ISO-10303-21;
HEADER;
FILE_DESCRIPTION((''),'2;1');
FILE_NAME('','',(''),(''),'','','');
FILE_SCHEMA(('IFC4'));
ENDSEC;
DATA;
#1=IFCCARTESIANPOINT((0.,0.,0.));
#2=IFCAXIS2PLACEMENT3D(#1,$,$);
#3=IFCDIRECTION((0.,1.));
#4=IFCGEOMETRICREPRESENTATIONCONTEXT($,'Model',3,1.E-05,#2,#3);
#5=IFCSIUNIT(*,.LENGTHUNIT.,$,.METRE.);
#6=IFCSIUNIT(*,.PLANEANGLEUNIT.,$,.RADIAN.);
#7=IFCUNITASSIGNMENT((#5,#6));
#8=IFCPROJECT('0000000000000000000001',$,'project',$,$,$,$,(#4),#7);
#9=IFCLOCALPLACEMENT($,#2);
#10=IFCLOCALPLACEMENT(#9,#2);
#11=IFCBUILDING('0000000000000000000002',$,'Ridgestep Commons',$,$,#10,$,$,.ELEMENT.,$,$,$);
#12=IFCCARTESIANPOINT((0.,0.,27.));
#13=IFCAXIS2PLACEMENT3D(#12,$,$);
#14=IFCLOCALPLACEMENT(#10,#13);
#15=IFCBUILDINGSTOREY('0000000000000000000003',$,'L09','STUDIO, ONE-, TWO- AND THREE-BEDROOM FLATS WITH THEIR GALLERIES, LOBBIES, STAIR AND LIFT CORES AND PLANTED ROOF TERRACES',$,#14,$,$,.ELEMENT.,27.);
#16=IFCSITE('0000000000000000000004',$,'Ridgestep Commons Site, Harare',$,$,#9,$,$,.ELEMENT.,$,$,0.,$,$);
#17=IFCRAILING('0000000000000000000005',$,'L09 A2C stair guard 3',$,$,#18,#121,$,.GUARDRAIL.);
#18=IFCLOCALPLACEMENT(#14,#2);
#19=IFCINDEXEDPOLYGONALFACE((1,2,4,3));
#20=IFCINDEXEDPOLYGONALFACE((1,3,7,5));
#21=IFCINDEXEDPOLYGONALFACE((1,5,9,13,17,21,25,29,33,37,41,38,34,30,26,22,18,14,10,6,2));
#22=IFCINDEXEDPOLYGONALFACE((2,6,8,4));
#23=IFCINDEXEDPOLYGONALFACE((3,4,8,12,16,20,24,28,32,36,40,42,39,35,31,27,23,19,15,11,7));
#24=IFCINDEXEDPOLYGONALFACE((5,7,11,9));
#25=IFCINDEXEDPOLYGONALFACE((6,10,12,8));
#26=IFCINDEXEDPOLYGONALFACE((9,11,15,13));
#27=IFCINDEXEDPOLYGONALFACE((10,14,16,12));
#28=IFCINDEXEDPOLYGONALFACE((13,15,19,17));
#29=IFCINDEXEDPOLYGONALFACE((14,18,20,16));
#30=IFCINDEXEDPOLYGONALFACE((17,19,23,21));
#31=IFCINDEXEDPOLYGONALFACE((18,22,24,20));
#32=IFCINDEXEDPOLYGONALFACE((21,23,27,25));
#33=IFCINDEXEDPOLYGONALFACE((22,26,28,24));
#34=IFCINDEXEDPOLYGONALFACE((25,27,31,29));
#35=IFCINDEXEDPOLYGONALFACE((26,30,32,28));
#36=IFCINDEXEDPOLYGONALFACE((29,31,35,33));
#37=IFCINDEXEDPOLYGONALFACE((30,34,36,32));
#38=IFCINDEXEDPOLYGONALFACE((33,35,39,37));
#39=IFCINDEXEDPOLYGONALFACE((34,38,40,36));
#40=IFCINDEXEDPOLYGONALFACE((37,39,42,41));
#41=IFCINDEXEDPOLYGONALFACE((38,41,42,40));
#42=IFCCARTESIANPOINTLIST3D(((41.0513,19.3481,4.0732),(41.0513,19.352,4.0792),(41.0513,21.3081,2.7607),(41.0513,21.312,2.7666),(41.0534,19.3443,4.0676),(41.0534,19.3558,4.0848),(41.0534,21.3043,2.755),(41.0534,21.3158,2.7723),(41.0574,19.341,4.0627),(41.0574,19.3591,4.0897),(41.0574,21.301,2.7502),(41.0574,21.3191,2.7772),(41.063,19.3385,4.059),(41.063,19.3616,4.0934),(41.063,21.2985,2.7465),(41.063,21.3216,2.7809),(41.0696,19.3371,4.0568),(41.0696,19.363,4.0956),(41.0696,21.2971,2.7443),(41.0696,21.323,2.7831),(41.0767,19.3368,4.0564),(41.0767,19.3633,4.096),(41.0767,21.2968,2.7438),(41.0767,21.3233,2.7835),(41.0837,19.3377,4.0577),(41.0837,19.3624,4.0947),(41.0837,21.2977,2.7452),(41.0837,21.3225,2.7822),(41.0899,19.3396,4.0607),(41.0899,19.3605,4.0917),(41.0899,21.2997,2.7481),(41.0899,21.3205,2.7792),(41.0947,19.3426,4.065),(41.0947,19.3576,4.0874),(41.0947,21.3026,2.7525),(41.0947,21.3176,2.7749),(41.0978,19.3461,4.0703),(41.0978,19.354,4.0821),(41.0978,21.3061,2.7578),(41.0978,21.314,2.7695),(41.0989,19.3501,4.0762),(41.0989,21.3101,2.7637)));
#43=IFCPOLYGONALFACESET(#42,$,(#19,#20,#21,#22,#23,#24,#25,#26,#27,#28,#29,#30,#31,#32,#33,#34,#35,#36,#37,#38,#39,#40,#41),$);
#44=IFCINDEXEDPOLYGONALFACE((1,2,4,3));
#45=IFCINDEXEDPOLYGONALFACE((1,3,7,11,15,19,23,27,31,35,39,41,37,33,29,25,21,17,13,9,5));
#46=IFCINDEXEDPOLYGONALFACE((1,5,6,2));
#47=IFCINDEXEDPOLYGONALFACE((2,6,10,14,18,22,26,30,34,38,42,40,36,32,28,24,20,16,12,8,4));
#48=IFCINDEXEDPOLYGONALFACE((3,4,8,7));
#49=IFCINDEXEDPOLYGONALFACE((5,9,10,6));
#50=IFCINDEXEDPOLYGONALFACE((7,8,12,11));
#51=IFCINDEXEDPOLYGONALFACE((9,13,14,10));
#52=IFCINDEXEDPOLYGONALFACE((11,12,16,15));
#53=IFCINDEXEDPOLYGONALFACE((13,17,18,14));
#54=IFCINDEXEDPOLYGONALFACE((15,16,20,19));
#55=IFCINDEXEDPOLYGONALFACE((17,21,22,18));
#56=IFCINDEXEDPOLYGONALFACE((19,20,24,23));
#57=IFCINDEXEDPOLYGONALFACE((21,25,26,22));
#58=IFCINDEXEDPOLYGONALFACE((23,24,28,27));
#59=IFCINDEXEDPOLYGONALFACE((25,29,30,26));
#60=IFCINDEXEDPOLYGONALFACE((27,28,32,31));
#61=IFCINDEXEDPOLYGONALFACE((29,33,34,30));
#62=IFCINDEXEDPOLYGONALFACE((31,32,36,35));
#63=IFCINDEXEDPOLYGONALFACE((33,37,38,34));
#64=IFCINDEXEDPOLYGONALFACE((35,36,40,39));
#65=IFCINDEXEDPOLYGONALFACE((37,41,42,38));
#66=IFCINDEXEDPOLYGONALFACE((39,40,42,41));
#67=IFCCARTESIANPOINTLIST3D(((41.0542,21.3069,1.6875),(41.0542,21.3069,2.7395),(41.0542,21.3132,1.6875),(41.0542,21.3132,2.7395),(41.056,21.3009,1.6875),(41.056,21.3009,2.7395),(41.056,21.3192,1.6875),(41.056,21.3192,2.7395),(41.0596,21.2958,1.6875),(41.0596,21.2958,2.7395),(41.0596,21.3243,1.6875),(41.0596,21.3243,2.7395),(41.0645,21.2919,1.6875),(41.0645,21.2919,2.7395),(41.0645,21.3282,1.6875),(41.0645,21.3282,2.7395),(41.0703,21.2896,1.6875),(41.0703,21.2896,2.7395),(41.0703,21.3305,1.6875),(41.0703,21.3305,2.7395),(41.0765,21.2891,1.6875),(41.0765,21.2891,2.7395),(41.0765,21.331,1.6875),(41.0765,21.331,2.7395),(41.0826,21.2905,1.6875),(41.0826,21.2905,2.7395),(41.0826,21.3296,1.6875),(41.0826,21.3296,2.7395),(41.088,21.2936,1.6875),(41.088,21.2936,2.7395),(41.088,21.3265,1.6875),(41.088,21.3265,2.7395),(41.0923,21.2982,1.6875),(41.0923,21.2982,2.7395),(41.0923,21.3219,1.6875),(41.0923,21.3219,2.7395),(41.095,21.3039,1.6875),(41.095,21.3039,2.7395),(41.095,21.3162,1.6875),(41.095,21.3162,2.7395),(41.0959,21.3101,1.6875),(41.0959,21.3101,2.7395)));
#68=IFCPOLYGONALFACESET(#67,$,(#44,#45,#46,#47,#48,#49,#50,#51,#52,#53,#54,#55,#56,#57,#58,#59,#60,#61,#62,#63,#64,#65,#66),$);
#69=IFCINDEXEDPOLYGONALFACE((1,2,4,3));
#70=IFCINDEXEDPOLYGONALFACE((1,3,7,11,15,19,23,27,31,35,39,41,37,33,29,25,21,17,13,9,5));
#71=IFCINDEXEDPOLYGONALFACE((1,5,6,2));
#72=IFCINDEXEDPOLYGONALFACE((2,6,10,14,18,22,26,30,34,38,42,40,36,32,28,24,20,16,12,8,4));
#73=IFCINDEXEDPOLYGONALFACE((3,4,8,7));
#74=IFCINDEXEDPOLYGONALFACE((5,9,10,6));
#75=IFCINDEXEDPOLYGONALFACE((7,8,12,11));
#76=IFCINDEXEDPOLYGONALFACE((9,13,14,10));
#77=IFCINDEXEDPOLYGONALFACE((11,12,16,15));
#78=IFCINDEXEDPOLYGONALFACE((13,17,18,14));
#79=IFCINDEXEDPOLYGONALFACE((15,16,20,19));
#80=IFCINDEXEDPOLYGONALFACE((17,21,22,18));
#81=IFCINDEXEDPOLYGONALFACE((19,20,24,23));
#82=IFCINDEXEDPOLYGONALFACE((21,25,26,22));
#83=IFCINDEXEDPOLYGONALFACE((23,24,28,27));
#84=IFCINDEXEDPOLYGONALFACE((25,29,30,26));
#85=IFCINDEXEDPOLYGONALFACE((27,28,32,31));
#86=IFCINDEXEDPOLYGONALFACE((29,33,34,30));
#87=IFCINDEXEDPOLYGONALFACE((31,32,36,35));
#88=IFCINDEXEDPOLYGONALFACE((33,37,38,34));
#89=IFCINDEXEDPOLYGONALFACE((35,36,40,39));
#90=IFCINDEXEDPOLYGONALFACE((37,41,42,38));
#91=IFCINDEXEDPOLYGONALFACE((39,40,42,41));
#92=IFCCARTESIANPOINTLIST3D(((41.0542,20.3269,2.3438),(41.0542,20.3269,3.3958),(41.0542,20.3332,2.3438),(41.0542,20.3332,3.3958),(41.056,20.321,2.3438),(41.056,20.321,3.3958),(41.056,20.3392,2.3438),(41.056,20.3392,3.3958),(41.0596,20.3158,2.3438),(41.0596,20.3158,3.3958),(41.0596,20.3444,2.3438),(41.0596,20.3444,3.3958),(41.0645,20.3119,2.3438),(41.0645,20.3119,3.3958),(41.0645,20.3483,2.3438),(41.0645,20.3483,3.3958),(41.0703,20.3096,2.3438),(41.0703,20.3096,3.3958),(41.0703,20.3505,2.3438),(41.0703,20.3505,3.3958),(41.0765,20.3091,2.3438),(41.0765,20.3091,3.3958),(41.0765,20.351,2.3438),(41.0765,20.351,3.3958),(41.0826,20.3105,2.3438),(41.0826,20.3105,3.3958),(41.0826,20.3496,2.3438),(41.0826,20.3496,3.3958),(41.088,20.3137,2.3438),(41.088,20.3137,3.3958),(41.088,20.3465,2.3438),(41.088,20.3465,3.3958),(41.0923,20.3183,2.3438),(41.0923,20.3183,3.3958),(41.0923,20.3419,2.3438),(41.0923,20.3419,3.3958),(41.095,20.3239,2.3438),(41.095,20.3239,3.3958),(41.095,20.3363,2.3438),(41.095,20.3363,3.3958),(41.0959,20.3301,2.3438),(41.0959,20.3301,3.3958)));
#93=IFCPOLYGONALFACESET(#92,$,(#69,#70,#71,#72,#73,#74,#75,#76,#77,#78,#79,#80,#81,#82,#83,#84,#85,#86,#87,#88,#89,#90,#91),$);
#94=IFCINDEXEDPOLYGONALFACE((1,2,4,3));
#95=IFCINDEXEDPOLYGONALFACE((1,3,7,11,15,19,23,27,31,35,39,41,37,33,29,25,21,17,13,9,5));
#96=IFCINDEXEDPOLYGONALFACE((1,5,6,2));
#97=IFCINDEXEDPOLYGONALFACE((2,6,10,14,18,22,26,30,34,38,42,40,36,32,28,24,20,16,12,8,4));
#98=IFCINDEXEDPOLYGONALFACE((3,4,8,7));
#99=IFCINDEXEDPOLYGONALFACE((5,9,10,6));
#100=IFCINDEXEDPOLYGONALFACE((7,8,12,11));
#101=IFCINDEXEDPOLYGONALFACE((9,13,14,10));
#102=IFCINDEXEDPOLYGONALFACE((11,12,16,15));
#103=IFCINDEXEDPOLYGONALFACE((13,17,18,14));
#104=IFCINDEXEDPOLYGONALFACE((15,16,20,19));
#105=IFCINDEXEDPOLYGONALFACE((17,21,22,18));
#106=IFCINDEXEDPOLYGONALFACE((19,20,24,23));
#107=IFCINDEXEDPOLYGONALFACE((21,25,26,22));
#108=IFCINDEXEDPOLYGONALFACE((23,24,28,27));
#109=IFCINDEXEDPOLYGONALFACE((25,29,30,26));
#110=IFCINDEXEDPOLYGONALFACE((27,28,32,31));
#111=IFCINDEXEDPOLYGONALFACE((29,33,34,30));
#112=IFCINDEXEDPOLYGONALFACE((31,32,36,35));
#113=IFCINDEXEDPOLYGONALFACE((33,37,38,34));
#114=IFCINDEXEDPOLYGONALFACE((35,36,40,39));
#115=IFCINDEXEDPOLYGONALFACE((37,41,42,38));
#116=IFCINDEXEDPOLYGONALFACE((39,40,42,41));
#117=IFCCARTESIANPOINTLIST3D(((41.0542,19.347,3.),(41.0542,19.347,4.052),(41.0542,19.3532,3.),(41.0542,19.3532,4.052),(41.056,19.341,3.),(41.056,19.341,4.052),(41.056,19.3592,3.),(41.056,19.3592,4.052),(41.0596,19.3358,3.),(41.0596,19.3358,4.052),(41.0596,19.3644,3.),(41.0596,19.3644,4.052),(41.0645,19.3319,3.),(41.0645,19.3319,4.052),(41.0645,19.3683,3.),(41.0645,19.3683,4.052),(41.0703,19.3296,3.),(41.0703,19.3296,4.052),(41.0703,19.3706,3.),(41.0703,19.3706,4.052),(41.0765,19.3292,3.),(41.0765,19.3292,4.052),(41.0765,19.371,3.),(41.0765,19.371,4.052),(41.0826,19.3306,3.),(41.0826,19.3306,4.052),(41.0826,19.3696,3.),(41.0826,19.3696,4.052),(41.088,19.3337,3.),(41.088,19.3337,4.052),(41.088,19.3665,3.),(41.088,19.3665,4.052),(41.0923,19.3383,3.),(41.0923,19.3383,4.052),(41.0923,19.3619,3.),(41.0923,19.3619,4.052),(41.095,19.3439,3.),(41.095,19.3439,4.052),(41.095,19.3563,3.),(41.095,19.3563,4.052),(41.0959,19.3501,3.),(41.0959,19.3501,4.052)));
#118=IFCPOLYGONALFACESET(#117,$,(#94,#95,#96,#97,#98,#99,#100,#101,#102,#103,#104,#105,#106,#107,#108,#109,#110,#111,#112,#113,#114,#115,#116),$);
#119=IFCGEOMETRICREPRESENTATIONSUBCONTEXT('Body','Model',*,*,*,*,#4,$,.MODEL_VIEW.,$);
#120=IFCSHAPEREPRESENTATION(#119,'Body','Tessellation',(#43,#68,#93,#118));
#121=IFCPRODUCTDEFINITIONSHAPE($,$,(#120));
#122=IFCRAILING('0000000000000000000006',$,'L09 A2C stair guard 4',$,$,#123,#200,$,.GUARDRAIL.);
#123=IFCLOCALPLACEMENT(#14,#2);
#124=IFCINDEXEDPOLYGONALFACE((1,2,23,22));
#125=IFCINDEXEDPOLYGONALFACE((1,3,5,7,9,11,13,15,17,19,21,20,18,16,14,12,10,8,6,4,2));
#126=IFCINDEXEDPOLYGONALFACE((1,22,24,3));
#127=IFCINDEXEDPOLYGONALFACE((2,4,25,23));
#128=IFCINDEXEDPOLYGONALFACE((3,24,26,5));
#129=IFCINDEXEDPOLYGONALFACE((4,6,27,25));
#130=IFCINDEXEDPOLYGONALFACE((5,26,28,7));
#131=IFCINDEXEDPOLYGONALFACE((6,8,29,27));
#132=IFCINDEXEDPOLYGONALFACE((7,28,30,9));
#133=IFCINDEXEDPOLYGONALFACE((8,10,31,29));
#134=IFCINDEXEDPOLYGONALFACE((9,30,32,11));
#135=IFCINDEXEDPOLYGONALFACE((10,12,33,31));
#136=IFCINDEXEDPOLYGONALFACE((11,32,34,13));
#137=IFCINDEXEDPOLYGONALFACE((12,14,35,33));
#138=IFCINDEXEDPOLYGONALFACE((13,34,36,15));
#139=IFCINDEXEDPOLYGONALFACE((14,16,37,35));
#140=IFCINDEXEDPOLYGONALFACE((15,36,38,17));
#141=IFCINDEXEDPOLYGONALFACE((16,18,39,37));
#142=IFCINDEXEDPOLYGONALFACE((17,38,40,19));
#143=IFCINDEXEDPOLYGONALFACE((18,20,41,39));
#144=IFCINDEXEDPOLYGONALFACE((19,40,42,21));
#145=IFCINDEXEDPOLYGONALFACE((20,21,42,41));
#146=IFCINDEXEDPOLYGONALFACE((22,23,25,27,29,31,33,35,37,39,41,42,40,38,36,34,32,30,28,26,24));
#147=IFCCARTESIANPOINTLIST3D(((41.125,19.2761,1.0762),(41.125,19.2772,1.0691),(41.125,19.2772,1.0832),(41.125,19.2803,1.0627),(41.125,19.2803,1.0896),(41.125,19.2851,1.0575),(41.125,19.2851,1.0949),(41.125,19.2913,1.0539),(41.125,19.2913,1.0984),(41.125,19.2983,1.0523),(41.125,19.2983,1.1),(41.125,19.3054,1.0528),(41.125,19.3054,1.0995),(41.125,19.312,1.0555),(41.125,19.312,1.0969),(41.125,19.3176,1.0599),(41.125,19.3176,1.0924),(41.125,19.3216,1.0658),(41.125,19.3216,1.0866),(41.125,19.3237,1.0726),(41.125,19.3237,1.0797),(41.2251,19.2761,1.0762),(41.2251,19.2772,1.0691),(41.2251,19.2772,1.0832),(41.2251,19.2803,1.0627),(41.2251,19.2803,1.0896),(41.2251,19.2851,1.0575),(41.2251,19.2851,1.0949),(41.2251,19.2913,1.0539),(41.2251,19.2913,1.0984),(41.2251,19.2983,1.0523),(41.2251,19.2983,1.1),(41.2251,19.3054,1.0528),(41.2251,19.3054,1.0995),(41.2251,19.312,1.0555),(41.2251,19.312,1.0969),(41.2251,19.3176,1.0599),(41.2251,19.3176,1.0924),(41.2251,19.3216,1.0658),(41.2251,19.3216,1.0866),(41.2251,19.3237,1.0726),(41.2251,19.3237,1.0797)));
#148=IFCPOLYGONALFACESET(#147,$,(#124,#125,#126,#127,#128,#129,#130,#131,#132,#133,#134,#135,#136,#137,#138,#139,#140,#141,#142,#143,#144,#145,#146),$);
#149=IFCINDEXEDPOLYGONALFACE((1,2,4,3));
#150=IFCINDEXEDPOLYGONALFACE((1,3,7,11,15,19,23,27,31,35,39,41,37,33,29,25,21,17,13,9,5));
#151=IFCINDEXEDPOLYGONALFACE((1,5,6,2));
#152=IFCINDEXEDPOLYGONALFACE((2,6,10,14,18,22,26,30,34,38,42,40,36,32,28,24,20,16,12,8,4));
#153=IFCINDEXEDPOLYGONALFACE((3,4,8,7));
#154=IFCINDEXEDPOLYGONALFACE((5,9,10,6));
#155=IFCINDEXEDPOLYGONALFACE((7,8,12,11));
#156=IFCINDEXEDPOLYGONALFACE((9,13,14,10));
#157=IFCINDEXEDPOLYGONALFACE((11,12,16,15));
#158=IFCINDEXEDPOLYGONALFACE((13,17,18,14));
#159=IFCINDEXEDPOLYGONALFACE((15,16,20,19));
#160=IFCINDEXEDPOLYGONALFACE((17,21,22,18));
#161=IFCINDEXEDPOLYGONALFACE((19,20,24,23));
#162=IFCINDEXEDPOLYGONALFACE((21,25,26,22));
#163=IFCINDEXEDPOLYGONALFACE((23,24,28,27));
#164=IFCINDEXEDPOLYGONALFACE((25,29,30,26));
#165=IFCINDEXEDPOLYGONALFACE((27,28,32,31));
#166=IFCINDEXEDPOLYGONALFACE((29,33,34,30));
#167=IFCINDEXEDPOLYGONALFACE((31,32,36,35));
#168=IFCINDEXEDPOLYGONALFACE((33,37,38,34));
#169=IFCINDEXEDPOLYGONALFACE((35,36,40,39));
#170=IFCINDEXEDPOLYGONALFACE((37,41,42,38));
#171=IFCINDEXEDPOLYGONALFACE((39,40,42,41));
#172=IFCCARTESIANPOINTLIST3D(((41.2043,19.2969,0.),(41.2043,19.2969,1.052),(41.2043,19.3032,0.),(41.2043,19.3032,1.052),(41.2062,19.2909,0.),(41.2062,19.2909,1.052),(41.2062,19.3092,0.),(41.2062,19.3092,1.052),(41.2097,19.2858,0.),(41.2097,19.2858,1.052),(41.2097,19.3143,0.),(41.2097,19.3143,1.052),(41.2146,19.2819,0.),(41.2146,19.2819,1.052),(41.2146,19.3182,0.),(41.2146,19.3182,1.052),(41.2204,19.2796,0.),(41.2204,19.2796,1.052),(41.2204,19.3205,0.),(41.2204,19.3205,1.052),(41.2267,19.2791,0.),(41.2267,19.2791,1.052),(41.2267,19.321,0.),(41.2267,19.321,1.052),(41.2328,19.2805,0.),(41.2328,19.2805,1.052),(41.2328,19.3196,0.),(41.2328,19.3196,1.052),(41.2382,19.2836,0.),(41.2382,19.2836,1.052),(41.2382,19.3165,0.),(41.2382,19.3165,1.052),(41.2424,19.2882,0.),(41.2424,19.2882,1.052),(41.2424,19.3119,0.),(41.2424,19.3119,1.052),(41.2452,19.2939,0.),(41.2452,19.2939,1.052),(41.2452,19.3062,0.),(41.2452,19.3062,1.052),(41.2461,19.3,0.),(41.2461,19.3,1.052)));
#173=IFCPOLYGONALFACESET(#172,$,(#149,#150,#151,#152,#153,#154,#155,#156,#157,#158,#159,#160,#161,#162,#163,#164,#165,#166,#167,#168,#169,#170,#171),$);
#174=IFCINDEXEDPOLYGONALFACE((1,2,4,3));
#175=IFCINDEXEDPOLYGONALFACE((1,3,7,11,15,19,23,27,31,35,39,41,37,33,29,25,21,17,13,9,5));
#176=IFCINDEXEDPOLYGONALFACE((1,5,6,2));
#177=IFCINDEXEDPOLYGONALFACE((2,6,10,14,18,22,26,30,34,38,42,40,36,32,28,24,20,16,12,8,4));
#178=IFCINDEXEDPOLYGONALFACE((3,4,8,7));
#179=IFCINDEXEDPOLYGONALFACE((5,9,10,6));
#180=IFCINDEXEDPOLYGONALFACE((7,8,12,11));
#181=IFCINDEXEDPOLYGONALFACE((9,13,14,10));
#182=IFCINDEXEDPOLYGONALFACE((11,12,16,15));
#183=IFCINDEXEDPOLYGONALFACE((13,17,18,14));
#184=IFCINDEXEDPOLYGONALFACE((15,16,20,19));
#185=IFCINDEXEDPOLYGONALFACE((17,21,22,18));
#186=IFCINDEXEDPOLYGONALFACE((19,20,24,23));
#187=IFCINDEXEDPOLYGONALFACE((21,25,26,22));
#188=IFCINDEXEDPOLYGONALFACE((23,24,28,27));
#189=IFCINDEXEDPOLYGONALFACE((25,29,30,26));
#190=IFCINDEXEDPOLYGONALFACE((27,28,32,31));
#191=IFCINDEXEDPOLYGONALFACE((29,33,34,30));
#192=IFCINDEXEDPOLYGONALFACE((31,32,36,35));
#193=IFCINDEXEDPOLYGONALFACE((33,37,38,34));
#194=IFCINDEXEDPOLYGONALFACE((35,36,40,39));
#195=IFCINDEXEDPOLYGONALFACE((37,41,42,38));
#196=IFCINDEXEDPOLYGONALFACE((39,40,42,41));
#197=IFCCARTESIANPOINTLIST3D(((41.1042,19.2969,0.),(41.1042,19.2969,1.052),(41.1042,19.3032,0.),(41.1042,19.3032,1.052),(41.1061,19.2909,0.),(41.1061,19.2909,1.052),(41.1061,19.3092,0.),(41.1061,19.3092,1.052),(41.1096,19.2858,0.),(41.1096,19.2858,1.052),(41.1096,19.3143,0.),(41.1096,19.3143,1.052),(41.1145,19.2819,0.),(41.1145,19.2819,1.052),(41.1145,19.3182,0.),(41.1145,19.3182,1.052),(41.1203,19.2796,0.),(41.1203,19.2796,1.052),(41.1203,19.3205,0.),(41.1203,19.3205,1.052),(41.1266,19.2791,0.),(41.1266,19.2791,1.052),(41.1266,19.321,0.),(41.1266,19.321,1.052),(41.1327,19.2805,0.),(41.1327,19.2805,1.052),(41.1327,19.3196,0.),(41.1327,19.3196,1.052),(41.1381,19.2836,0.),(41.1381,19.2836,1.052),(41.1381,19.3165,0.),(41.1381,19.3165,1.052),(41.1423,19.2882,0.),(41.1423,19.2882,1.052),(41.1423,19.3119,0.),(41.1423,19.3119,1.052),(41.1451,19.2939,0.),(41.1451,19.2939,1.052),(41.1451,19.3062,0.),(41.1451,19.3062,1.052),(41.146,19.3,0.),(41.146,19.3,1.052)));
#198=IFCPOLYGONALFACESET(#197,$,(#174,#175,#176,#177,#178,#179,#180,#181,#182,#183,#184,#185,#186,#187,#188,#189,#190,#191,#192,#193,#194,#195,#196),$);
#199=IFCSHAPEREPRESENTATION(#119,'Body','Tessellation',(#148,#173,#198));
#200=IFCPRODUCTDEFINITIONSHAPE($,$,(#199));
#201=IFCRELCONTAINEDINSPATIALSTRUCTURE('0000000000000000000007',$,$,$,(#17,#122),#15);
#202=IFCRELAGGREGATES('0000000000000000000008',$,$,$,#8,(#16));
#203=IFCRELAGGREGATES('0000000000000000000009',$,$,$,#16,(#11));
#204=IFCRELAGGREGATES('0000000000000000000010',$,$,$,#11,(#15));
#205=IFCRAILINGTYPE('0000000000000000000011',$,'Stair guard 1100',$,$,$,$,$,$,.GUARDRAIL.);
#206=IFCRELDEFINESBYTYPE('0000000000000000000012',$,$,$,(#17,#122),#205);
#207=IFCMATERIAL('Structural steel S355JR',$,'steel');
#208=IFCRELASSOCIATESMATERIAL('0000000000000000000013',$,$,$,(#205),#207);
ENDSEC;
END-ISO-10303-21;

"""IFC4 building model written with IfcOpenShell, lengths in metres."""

from ifc_helpers import new_model, si_unit, direction, frame, origin, origin_2d, place, context, subcontext, project, spatial, circle, extrude, material, type_object, element, save


model = new_model("IFC4")

# Units and contexts
model_context = context("Model", 3, precision=1e-05, world=origin(), true_north=direction((0.0, 1.0)))
body_context = subcontext(model_context, "Body", "Model", "MODEL_VIEW")
ifc_project = project(units=[si_unit("LENGTHUNIT", "METRE"), si_unit("PLANEANGLEUNIT", "RADIAN")], contexts=[model_context])

# Site, building, storey
site_placement = place(None, origin())
site = spatial("IfcSite", under=ifc_project, at=site_placement, Name="Ridgestep Commons Site, Harare", CompositionType="ELEMENT", RefElevation=0.0)
building_placement = place(site_placement, origin())
building = spatial("IfcBuilding", under=site, at=building_placement, Name="Ridgestep Commons", CompositionType="ELEMENT")
storey_placement = place(building_placement, frame((0.0, 0.0, 27.0)))
storey = spatial("IfcBuildingStorey", under=building, at=storey_placement, Name="L09", Description="STUDIO, ONE-, TWO- AND THREE-BEDROOM FLATS WITH THEIR GALLERIES, LOBBIES, STAIR AND LIFT CORES AND PLANTED ROOF TERRACES", CompositionType="ELEMENT", Elevation=27.0)

# Railings
ifc_material_1 = material(Name="Structural steel S355JR", Category="steel")
railing_type_1 = type_object("IfcRailingType", Name="Stair guard 1100", PredefinedType="GUARDRAIL", material=ifc_material_1)
railing_1_placement = place(storey_placement, frame((41.075, 21.3101, 1.6875)))
element("IfcRailing", 1, at=railing_1_placement, inside=storey, type_object=railing_type_1, Name="L09 A2C stair guard 3", PredefinedType="GUARDRAIL", context=body_context, shape_type="SweptSolid", body=[
    extrude(circle(Radius=0.0239, at=origin_2d()), frame((0.0, 0.0, 1.0762), z_axis=(0.0, -0.830902, 0.556419), x_axis=(1.0, 0.0, 0.0)), (0.0, 0.0, 1.0), 2.3589),
    extrude(circle(Radius=0.021, at=origin_2d()), origin(), (0.0, 0.0, 1.0), 1.052),
    extrude(circle(Radius=0.021, at=origin_2d()), frame((0.0, -0.98, 0.6562)), (0.0, 0.0, 1.0), 1.052),
    extrude(circle(Radius=0.021, at=origin_2d()), frame((0.0, -1.96, 1.3125)), (0.0, 0.0, 1.0), 1.052),
])
railing_2_placement = place(storey_placement, frame((41.2251, 19.3, 0.0)))
element("IfcRailing", 2, at=railing_2_placement, inside=storey, type_object=railing_type_1, Name="L09 A2C stair guard 4", PredefinedType="GUARDRAIL", context=body_context, shape_type="SweptSolid", body=[
    extrude(circle(Radius=0.0239, at=origin_2d()), frame((0.0, 0.0, 1.0762), z_axis=(-1.0, 0.0, 0.0), x_axis=(0.0, -1.0, 0.0)), (0.0, 0.0, 1.0), 0.1001),
    extrude(circle(Radius=0.021, at=origin_2d()), origin(), (0.0, 0.0, 1.0), 1.052),
    extrude(circle(Radius=0.021, at=origin_2d()), frame((-0.1001, 0.0, 0.0)), (0.0, 0.0, 1.0), 1.052),
])

save(model, "model.ifc")
